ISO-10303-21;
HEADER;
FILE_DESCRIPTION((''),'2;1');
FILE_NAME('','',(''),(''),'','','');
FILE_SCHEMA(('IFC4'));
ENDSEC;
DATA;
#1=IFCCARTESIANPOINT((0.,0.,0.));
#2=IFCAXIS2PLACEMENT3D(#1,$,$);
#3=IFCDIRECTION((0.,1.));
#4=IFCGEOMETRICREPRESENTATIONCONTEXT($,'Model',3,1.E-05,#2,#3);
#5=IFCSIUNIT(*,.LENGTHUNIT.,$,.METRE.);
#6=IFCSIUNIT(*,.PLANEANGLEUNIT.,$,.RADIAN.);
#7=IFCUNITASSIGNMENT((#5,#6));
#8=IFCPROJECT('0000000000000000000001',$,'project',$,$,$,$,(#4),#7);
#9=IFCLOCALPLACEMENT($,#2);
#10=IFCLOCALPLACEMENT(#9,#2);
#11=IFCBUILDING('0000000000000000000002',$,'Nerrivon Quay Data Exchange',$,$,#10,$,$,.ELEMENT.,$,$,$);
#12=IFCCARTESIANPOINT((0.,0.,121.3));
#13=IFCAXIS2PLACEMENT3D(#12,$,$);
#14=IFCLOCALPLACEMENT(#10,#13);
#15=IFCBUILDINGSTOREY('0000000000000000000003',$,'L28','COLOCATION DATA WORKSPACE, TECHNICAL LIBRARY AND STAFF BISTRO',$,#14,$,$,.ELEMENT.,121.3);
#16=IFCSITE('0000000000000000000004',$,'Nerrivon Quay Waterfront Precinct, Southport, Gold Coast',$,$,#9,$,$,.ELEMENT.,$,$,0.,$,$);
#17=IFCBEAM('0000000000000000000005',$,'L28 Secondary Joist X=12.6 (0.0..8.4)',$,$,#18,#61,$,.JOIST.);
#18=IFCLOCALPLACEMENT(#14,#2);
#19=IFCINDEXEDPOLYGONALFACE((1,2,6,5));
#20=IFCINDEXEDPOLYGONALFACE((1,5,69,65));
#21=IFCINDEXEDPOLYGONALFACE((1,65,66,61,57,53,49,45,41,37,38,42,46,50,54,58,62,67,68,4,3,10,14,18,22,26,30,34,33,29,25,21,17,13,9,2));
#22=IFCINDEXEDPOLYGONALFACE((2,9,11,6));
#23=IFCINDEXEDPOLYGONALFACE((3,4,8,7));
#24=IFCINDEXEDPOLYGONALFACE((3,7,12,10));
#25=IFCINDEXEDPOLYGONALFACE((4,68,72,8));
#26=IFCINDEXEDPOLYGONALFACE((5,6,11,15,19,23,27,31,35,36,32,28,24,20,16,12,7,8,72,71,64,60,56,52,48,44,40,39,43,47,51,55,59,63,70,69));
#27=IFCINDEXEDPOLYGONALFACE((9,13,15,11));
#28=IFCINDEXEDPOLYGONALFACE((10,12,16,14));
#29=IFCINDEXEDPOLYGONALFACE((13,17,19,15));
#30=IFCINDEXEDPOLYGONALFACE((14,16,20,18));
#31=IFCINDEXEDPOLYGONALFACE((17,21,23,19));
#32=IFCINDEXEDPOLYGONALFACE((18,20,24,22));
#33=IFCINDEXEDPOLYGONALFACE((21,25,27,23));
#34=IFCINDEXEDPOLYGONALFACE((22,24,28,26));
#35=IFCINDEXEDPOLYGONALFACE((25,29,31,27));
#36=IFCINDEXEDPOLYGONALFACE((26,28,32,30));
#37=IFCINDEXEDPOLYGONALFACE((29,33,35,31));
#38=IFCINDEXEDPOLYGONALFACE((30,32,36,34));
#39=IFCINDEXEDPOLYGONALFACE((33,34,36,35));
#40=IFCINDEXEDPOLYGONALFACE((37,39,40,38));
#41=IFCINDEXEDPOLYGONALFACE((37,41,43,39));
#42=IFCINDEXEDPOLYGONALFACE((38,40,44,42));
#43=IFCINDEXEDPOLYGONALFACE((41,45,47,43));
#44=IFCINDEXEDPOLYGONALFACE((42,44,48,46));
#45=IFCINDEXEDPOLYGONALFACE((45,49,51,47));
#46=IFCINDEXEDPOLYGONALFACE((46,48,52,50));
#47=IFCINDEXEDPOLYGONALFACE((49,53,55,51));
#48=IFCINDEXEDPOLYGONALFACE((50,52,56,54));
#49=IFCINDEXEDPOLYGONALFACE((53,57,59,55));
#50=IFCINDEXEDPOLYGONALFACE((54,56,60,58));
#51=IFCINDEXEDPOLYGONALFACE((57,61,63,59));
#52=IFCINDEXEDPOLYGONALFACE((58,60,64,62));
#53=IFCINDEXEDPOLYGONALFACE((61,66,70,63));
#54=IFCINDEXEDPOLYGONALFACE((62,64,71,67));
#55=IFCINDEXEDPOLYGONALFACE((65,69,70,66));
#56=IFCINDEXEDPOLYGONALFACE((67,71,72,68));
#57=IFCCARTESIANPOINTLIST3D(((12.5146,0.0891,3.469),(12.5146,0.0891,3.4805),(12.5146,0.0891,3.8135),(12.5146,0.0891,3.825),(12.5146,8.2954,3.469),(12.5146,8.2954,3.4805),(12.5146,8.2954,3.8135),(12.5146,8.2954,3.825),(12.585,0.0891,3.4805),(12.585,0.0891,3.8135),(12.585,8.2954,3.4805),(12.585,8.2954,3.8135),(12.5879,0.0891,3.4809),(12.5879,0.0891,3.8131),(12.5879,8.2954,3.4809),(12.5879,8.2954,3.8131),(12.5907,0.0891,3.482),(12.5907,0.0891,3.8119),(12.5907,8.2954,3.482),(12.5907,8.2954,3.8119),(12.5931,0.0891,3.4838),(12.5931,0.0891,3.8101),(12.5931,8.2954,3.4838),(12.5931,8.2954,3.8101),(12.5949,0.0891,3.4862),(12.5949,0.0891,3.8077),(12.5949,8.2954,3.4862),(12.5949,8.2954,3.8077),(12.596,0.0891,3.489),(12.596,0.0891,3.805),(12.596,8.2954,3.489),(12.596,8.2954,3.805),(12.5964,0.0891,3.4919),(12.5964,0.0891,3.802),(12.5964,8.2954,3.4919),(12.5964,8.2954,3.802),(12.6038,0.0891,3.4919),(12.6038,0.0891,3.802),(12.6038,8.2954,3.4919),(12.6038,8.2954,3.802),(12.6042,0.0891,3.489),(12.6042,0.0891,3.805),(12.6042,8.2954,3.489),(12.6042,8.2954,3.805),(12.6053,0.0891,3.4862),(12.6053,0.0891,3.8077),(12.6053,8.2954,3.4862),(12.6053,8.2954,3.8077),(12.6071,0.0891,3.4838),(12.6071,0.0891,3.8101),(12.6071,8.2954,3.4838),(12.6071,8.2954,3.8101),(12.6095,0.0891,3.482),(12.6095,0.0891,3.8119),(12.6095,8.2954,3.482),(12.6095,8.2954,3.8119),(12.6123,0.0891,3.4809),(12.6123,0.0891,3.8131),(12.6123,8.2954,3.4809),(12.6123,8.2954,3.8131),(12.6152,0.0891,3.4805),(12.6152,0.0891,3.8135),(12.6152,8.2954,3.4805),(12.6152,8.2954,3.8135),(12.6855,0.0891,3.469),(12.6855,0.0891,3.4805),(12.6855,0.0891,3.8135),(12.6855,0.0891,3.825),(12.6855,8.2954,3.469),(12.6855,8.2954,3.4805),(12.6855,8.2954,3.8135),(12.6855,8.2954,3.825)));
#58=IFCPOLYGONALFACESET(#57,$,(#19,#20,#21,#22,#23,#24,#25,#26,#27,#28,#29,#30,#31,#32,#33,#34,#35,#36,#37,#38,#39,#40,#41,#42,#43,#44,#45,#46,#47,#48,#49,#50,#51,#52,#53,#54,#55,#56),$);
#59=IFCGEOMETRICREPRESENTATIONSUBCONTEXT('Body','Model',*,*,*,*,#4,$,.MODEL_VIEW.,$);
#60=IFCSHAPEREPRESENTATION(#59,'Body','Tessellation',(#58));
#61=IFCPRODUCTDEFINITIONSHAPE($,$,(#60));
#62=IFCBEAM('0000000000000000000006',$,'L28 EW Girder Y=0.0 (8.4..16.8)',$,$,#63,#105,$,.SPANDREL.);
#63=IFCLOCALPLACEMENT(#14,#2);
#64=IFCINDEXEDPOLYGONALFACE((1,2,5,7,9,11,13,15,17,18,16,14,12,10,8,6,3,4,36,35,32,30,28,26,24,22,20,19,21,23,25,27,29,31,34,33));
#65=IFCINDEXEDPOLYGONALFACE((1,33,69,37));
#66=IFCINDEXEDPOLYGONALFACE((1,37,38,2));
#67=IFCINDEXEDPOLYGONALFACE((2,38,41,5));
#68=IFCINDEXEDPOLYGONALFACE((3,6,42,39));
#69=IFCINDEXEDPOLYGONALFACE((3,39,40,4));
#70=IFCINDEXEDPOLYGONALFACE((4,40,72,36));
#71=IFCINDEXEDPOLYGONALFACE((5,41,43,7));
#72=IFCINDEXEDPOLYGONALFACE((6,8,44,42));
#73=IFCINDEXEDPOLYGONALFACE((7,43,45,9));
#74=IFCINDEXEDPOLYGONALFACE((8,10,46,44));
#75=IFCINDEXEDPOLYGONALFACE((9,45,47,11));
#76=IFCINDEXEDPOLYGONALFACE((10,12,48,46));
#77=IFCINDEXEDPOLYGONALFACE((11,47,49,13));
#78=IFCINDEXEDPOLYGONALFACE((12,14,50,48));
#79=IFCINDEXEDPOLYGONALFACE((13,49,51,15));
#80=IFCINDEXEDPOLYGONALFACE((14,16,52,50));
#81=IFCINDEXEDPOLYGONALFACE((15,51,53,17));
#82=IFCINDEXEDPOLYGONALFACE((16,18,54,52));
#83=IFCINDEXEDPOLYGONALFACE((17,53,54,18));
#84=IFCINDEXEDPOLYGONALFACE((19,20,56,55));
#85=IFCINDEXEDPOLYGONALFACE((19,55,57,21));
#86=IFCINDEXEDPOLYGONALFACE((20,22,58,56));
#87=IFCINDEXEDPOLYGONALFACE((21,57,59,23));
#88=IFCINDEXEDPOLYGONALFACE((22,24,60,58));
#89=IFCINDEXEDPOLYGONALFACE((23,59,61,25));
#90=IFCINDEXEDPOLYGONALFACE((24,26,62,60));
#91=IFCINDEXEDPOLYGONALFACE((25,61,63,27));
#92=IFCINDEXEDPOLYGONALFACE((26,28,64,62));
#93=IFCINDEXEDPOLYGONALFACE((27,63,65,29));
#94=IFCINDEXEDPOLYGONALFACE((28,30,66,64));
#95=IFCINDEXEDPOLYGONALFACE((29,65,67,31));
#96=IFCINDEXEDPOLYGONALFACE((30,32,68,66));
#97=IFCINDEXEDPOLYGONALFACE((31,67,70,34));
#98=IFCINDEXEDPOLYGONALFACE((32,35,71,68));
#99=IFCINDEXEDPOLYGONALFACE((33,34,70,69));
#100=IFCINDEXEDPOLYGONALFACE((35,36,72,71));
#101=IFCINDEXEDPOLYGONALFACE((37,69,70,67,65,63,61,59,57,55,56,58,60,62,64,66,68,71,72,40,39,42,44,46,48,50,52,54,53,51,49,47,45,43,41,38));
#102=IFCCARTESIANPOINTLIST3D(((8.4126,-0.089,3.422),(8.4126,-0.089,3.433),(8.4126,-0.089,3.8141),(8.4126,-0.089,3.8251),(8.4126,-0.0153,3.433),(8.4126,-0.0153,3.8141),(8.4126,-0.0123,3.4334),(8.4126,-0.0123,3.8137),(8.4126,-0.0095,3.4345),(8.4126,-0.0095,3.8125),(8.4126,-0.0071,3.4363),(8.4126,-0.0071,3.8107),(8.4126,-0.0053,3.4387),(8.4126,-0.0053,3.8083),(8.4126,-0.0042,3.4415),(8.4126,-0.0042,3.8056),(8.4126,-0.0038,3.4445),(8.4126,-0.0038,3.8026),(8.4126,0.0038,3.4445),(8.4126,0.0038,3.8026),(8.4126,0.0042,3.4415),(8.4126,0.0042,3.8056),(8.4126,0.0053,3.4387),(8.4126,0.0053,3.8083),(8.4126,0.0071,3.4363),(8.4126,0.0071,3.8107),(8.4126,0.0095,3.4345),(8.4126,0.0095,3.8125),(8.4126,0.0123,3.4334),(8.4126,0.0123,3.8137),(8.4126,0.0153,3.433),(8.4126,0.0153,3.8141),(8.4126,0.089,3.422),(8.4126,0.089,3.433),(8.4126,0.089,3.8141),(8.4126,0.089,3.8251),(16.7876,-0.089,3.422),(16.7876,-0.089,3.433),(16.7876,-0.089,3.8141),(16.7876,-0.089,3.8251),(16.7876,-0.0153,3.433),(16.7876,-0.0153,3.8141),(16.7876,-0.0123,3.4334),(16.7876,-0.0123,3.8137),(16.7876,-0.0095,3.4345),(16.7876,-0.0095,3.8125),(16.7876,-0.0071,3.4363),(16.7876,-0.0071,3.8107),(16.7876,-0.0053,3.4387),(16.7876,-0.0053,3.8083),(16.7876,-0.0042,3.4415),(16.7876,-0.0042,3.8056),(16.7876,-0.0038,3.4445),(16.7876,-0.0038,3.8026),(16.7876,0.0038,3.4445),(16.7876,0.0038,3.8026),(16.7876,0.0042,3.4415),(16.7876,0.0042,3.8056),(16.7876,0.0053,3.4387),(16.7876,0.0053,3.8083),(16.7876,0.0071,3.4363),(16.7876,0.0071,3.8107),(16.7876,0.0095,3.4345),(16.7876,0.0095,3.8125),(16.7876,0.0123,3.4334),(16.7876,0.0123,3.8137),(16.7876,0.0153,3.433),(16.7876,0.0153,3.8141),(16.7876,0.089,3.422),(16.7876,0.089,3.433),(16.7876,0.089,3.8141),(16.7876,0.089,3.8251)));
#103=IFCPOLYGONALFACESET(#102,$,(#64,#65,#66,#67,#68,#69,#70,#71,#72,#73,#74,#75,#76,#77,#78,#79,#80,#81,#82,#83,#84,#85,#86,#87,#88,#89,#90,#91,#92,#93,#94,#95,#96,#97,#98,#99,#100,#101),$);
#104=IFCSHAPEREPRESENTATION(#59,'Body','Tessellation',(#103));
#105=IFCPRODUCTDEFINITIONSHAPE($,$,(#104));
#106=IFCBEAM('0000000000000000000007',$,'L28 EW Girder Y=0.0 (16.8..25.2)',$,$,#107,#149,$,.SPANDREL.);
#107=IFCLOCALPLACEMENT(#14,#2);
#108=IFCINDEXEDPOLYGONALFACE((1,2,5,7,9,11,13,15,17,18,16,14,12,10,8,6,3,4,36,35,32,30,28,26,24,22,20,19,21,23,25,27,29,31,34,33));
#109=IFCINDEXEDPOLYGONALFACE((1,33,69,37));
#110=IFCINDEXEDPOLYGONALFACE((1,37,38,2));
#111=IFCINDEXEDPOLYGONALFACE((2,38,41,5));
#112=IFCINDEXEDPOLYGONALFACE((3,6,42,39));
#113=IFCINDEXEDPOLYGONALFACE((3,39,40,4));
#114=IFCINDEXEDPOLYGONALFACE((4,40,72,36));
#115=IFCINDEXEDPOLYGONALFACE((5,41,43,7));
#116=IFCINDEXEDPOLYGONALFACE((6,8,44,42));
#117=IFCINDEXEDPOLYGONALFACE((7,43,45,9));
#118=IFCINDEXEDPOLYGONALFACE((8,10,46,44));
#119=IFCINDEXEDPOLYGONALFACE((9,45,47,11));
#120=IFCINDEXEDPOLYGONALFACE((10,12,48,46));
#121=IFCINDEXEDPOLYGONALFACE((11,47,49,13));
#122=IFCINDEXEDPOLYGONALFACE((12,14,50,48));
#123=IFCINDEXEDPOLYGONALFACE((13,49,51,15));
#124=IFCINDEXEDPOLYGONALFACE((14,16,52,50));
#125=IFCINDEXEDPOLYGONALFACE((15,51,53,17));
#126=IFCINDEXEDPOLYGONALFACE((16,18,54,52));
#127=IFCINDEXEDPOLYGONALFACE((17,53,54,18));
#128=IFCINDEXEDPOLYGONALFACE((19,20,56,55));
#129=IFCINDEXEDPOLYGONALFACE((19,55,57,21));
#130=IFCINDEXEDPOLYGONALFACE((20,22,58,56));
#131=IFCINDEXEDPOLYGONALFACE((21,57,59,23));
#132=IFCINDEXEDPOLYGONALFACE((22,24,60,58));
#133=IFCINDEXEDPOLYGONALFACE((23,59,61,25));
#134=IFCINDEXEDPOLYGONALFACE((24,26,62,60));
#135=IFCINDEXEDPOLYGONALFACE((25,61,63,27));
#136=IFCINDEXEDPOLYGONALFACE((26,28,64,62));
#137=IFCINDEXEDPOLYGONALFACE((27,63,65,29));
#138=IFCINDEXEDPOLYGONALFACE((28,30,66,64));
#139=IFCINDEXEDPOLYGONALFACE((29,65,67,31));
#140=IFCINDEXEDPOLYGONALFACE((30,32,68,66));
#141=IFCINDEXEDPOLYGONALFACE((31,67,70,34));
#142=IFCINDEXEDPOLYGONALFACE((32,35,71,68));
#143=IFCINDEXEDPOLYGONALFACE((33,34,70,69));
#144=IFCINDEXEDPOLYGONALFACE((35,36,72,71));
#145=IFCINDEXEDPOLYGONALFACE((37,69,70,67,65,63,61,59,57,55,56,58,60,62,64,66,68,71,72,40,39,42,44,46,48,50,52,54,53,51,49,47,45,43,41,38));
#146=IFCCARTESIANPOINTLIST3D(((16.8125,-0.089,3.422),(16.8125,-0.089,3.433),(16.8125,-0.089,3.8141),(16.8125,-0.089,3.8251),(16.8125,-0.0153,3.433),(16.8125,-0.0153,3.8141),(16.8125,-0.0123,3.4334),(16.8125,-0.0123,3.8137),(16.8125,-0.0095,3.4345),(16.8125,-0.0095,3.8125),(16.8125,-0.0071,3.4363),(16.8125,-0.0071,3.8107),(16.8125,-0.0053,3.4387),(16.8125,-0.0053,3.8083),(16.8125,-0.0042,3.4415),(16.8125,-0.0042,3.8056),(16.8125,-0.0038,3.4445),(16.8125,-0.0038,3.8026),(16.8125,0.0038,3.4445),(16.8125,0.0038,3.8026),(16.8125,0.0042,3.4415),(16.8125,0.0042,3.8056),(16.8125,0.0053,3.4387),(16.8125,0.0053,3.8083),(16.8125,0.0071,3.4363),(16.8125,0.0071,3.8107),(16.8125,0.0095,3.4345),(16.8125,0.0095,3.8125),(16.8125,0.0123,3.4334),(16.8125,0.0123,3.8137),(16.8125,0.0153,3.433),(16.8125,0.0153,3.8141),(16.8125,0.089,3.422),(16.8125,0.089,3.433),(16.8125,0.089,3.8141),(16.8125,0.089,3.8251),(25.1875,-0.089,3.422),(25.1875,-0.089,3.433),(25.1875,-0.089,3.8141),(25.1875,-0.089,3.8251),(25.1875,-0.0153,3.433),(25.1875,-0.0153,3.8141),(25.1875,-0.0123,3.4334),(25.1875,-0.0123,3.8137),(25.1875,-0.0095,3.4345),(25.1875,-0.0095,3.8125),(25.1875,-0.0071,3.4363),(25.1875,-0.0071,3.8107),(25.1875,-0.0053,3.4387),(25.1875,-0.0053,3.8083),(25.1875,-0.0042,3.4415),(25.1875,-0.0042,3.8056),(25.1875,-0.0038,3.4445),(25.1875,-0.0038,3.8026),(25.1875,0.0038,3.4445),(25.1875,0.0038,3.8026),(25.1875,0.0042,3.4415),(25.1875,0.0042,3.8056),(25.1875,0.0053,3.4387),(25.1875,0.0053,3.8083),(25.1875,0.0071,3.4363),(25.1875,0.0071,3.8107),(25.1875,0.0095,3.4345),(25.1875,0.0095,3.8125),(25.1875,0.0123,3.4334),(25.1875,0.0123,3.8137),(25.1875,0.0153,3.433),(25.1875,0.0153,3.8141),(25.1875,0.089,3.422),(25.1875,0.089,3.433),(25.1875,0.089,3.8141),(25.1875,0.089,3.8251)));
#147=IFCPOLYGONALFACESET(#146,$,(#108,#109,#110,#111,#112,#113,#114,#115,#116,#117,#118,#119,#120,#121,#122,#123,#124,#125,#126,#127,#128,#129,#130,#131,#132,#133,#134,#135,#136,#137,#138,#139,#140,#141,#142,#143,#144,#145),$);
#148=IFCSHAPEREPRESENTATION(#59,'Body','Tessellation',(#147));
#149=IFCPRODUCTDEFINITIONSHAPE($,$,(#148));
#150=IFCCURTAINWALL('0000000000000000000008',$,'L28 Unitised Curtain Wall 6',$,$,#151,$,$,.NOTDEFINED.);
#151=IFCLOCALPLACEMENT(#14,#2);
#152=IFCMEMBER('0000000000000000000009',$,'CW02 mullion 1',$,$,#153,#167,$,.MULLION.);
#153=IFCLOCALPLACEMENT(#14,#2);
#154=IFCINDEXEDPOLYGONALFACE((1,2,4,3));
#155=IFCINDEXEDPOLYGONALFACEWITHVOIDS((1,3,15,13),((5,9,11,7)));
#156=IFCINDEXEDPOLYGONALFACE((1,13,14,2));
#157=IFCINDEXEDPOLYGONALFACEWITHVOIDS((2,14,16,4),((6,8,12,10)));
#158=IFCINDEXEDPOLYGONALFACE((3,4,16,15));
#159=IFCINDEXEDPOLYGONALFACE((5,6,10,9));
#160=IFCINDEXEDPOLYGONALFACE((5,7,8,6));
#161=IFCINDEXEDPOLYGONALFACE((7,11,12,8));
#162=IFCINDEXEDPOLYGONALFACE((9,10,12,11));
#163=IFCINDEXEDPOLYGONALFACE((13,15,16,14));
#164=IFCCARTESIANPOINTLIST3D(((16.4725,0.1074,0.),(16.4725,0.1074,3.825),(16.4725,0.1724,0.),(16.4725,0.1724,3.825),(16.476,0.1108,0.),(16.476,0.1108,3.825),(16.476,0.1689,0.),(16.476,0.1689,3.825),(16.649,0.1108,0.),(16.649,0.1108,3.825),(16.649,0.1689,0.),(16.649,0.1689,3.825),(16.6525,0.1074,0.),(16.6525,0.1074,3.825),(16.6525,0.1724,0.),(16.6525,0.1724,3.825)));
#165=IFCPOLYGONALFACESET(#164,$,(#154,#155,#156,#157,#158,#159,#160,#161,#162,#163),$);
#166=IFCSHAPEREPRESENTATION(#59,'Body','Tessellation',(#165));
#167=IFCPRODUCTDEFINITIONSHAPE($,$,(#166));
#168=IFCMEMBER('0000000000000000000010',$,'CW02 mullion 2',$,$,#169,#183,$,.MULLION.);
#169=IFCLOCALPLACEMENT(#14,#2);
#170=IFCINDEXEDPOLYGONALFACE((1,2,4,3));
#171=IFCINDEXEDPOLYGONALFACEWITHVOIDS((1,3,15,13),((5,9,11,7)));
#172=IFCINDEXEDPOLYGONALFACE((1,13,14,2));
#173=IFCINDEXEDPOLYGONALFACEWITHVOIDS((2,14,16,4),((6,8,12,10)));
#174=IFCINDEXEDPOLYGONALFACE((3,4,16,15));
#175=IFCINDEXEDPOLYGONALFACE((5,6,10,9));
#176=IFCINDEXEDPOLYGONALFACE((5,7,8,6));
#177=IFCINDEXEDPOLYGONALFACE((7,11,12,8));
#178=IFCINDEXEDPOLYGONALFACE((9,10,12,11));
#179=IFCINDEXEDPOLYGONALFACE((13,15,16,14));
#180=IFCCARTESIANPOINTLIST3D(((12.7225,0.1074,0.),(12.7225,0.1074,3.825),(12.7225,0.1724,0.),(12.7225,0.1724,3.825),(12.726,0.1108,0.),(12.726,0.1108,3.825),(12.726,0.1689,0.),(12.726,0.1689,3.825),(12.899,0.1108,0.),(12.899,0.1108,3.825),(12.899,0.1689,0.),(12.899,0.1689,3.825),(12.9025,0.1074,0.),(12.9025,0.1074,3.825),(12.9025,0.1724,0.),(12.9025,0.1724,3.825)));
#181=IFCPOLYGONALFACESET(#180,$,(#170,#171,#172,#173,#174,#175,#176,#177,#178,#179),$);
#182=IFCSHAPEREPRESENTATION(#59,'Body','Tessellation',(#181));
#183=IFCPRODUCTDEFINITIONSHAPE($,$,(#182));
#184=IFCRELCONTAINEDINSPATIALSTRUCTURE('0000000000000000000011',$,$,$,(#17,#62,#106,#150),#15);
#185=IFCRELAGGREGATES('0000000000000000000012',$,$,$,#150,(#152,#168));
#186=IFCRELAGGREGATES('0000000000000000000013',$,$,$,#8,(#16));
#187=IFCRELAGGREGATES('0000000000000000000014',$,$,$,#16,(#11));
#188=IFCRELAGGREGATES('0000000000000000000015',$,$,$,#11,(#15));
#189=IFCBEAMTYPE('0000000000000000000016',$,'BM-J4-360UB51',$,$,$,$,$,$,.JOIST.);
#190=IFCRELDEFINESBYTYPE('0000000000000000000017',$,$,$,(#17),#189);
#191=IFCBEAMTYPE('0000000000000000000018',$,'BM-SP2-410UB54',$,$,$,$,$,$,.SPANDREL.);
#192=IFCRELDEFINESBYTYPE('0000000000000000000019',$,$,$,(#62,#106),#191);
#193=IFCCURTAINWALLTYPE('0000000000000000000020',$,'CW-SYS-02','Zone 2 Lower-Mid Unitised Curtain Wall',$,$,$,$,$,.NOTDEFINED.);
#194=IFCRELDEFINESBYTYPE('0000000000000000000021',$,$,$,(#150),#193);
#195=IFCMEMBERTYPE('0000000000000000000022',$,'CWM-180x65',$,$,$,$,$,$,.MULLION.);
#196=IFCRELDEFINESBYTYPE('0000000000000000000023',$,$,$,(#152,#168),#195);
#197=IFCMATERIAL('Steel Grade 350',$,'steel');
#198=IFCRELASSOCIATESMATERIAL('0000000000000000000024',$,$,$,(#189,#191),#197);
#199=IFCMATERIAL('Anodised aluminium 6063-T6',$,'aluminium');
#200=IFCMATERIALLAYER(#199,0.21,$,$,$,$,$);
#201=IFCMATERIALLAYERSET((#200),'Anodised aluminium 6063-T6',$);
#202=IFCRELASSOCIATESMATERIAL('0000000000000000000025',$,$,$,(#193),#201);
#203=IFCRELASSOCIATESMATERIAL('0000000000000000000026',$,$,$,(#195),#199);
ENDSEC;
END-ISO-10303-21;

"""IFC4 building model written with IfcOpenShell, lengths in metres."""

from ifc_helpers import new_model, si_unit, direction, frame, origin, origin_2d, place, context, subcontext, project, spatial, hollow_rectangle, i_section, extrude, material, layer, layer_set, material_profile, profile_set, type_object, element, aggregate, save


model = new_model("IFC4")

# Units and contexts
model_context = context("Model", 3, precision=1e-05, world=origin(), true_north=direction((0.0, 1.0)))
body_context = subcontext(model_context, "Body", "Model", "MODEL_VIEW")
ifc_project = project(units=[si_unit("LENGTHUNIT", "METRE"), si_unit("PLANEANGLEUNIT", "RADIAN")], contexts=[model_context])

# Site, building, storey
site_placement = place(None, origin())
site = spatial("IfcSite", under=ifc_project, at=site_placement, Name="Nerrivon Quay Waterfront Precinct, Southport, Gold Coast", CompositionType="ELEMENT", RefElevation=0.0)
building_placement = place(site_placement, origin())
building = spatial("IfcBuilding", under=site, at=building_placement, Name="Nerrivon Quay Data Exchange", CompositionType="ELEMENT")
storey_placement = place(building_placement, frame((0.0, 0.0, 121.3)))
storey = spatial("IfcBuildingStorey", under=building, at=storey_placement, Name="L28", Description="COLOCATION DATA WORKSPACE, TECHNICAL LIBRARY AND STAFF BISTRO", CompositionType="ELEMENT", Elevation=121.3)

# Shared definitions
ifc_material_1 = material(Name="Steel Grade 350", Category="steel")

# Beams
ifc_material_profile_1 = material_profile(ifc_material_1, i_section(OverallWidth=0.1709, OverallDepth=0.356, WebThickness=0.0073, FlangeThickness=0.0115, FilletRadius=0.0115, at=origin_2d()), Name="360UB50.7")
ifc_profile_set_1 = profile_set([ifc_material_profile_1], Name="Steel Grade 350")
beam_type_1 = type_object("IfcBeamType", Name="BM-J4-360UB51", PredefinedType="JOIST", material=ifc_profile_set_1)
beam_1_placement = place(storey_placement, frame((12.6001, 0.0891, 3.647), z_axis=(0.0, 1.0, 0.0), x_axis=(-1.0, 0.0, 0.0)))
element("IfcBeam", 1, at=beam_1_placement, inside=storey, type_object=beam_type_1, Name="L28 Secondary Joist X=12.6 (0.0..8.4)", PredefinedType="JOIST", context=body_context, shape_type="SweptSolid", body=[
    extrude(i_section(OverallWidth=0.1709, OverallDepth=0.356, WebThickness=0.0073, FlangeThickness=0.0115, FilletRadius=0.0115, at=origin_2d()), origin(), (0.0, 0.0, 1.0), 8.2063),
])
ifc_material_profile_2 = material_profile(ifc_material_1, i_section(OverallWidth=0.178, OverallDepth=0.4031, WebThickness=0.0076, FlangeThickness=0.011, FilletRadius=0.0115, at=origin_2d()), Name="410UB53.7")
ifc_profile_set_2 = profile_set([ifc_material_profile_2], Name="Steel Grade 350")
beam_type_2 = type_object("IfcBeamType", Name="BM-SP2-410UB54", PredefinedType="SPANDREL", material=ifc_profile_set_2)
for number, where, z_axis, x_axis, name in (
    (2, (8.4126, 0.0, 3.6235), (1.0, 0.0, 0.0), (0.0, 1.0, 0.0), "L28 EW Girder Y=0.0 (8.4..16.8)"),
    (3, (16.8125, 0.0, 3.6235), (1.0, 0.0, 0.0), (0.0, 1.0, 0.0), "L28 EW Girder Y=0.0 (16.8..25.2)"),
):
    element("IfcBeam", number, at=place(storey_placement, frame(where, z_axis=z_axis, x_axis=x_axis)), inside=storey, type_object=beam_type_2, Name=name, PredefinedType="SPANDREL", context=body_context, shape_type="SweptSolid", body=[
        extrude(i_section(OverallWidth=0.178, OverallDepth=0.4031, WebThickness=0.0076, FlangeThickness=0.011, FilletRadius=0.0115, at=origin_2d()), origin(), (0.0, 0.0, 1.0), 8.375),
    ])

# Curtain wall, members
ifc_material_2 = material(Name="Anodised aluminium 6063-T6", Category="aluminium")
ifc_layer_1 = layer(ifc_material_2, 0.21)
ifc_layer_set_1 = layer_set([ifc_layer_1], Name="Anodised aluminium 6063-T6")
curtain_wall_type = type_object("IfcCurtainWallType", Name="CW-SYS-02", Description="Zone 2 Lower-Mid Unitised Curtain Wall", PredefinedType="NOTDEFINED", material=ifc_layer_set_1)
curtain_wall_placement = place(storey_placement, origin())
curtain_wall = element("IfcCurtainWall", 4, at=curtain_wall_placement, inside=storey, type_object=curtain_wall_type, Name="L28 Unitised Curtain Wall 6", PredefinedType="NOTDEFINED")
ifc_material_profile_3 = material_profile(ifc_material_2, hollow_rectangle(XDim=0.0649, YDim=0.1799, WallThickness=0.0034, at=origin_2d()), Name="ALU-MULL-180x65")
ifc_profile_set_3 = profile_set([ifc_material_profile_3], Name="Anodised aluminium 6063-T6")
member_type_1 = type_object("IfcMemberType", Name="CWM-180x65", PredefinedType="MULLION", material=ifc_profile_set_3)
member_1_placement = place(storey_placement, frame((16.5625, 0.1399, 0.0), z_axis=(0.0, 0.0, 1.0), x_axis=(0.0, -1.0, 0.0)))
member_1 = element("IfcMember", 5, at=member_1_placement, type_object=member_type_1, Name="CW02 mullion 1", PredefinedType="MULLION", context=body_context, shape_type="SweptSolid", body=[
    extrude(hollow_rectangle(XDim=0.0649, YDim=0.1799, WallThickness=0.0034, at=origin_2d()), origin(), (0.0, 0.0, 1.0), 3.825),
])
member_2_placement = place(storey_placement, frame((12.8125, 0.1399, 0.0), z_axis=(0.0, 0.0, 1.0), x_axis=(0.0, -1.0, 0.0)))
member_2 = element("IfcMember", 6, at=member_2_placement, type_object=member_type_1, Name="CW02 mullion 2", PredefinedType="MULLION", context=body_context, shape_type="SweptSolid", body=[
    extrude(hollow_rectangle(XDim=0.0649, YDim=0.1799, WallThickness=0.0034, at=origin_2d()), origin(), (0.0, 0.0, 1.0), 3.825),
])
aggregate(curtain_wall, [member_1, member_2])

save(model, "model.ifc")
